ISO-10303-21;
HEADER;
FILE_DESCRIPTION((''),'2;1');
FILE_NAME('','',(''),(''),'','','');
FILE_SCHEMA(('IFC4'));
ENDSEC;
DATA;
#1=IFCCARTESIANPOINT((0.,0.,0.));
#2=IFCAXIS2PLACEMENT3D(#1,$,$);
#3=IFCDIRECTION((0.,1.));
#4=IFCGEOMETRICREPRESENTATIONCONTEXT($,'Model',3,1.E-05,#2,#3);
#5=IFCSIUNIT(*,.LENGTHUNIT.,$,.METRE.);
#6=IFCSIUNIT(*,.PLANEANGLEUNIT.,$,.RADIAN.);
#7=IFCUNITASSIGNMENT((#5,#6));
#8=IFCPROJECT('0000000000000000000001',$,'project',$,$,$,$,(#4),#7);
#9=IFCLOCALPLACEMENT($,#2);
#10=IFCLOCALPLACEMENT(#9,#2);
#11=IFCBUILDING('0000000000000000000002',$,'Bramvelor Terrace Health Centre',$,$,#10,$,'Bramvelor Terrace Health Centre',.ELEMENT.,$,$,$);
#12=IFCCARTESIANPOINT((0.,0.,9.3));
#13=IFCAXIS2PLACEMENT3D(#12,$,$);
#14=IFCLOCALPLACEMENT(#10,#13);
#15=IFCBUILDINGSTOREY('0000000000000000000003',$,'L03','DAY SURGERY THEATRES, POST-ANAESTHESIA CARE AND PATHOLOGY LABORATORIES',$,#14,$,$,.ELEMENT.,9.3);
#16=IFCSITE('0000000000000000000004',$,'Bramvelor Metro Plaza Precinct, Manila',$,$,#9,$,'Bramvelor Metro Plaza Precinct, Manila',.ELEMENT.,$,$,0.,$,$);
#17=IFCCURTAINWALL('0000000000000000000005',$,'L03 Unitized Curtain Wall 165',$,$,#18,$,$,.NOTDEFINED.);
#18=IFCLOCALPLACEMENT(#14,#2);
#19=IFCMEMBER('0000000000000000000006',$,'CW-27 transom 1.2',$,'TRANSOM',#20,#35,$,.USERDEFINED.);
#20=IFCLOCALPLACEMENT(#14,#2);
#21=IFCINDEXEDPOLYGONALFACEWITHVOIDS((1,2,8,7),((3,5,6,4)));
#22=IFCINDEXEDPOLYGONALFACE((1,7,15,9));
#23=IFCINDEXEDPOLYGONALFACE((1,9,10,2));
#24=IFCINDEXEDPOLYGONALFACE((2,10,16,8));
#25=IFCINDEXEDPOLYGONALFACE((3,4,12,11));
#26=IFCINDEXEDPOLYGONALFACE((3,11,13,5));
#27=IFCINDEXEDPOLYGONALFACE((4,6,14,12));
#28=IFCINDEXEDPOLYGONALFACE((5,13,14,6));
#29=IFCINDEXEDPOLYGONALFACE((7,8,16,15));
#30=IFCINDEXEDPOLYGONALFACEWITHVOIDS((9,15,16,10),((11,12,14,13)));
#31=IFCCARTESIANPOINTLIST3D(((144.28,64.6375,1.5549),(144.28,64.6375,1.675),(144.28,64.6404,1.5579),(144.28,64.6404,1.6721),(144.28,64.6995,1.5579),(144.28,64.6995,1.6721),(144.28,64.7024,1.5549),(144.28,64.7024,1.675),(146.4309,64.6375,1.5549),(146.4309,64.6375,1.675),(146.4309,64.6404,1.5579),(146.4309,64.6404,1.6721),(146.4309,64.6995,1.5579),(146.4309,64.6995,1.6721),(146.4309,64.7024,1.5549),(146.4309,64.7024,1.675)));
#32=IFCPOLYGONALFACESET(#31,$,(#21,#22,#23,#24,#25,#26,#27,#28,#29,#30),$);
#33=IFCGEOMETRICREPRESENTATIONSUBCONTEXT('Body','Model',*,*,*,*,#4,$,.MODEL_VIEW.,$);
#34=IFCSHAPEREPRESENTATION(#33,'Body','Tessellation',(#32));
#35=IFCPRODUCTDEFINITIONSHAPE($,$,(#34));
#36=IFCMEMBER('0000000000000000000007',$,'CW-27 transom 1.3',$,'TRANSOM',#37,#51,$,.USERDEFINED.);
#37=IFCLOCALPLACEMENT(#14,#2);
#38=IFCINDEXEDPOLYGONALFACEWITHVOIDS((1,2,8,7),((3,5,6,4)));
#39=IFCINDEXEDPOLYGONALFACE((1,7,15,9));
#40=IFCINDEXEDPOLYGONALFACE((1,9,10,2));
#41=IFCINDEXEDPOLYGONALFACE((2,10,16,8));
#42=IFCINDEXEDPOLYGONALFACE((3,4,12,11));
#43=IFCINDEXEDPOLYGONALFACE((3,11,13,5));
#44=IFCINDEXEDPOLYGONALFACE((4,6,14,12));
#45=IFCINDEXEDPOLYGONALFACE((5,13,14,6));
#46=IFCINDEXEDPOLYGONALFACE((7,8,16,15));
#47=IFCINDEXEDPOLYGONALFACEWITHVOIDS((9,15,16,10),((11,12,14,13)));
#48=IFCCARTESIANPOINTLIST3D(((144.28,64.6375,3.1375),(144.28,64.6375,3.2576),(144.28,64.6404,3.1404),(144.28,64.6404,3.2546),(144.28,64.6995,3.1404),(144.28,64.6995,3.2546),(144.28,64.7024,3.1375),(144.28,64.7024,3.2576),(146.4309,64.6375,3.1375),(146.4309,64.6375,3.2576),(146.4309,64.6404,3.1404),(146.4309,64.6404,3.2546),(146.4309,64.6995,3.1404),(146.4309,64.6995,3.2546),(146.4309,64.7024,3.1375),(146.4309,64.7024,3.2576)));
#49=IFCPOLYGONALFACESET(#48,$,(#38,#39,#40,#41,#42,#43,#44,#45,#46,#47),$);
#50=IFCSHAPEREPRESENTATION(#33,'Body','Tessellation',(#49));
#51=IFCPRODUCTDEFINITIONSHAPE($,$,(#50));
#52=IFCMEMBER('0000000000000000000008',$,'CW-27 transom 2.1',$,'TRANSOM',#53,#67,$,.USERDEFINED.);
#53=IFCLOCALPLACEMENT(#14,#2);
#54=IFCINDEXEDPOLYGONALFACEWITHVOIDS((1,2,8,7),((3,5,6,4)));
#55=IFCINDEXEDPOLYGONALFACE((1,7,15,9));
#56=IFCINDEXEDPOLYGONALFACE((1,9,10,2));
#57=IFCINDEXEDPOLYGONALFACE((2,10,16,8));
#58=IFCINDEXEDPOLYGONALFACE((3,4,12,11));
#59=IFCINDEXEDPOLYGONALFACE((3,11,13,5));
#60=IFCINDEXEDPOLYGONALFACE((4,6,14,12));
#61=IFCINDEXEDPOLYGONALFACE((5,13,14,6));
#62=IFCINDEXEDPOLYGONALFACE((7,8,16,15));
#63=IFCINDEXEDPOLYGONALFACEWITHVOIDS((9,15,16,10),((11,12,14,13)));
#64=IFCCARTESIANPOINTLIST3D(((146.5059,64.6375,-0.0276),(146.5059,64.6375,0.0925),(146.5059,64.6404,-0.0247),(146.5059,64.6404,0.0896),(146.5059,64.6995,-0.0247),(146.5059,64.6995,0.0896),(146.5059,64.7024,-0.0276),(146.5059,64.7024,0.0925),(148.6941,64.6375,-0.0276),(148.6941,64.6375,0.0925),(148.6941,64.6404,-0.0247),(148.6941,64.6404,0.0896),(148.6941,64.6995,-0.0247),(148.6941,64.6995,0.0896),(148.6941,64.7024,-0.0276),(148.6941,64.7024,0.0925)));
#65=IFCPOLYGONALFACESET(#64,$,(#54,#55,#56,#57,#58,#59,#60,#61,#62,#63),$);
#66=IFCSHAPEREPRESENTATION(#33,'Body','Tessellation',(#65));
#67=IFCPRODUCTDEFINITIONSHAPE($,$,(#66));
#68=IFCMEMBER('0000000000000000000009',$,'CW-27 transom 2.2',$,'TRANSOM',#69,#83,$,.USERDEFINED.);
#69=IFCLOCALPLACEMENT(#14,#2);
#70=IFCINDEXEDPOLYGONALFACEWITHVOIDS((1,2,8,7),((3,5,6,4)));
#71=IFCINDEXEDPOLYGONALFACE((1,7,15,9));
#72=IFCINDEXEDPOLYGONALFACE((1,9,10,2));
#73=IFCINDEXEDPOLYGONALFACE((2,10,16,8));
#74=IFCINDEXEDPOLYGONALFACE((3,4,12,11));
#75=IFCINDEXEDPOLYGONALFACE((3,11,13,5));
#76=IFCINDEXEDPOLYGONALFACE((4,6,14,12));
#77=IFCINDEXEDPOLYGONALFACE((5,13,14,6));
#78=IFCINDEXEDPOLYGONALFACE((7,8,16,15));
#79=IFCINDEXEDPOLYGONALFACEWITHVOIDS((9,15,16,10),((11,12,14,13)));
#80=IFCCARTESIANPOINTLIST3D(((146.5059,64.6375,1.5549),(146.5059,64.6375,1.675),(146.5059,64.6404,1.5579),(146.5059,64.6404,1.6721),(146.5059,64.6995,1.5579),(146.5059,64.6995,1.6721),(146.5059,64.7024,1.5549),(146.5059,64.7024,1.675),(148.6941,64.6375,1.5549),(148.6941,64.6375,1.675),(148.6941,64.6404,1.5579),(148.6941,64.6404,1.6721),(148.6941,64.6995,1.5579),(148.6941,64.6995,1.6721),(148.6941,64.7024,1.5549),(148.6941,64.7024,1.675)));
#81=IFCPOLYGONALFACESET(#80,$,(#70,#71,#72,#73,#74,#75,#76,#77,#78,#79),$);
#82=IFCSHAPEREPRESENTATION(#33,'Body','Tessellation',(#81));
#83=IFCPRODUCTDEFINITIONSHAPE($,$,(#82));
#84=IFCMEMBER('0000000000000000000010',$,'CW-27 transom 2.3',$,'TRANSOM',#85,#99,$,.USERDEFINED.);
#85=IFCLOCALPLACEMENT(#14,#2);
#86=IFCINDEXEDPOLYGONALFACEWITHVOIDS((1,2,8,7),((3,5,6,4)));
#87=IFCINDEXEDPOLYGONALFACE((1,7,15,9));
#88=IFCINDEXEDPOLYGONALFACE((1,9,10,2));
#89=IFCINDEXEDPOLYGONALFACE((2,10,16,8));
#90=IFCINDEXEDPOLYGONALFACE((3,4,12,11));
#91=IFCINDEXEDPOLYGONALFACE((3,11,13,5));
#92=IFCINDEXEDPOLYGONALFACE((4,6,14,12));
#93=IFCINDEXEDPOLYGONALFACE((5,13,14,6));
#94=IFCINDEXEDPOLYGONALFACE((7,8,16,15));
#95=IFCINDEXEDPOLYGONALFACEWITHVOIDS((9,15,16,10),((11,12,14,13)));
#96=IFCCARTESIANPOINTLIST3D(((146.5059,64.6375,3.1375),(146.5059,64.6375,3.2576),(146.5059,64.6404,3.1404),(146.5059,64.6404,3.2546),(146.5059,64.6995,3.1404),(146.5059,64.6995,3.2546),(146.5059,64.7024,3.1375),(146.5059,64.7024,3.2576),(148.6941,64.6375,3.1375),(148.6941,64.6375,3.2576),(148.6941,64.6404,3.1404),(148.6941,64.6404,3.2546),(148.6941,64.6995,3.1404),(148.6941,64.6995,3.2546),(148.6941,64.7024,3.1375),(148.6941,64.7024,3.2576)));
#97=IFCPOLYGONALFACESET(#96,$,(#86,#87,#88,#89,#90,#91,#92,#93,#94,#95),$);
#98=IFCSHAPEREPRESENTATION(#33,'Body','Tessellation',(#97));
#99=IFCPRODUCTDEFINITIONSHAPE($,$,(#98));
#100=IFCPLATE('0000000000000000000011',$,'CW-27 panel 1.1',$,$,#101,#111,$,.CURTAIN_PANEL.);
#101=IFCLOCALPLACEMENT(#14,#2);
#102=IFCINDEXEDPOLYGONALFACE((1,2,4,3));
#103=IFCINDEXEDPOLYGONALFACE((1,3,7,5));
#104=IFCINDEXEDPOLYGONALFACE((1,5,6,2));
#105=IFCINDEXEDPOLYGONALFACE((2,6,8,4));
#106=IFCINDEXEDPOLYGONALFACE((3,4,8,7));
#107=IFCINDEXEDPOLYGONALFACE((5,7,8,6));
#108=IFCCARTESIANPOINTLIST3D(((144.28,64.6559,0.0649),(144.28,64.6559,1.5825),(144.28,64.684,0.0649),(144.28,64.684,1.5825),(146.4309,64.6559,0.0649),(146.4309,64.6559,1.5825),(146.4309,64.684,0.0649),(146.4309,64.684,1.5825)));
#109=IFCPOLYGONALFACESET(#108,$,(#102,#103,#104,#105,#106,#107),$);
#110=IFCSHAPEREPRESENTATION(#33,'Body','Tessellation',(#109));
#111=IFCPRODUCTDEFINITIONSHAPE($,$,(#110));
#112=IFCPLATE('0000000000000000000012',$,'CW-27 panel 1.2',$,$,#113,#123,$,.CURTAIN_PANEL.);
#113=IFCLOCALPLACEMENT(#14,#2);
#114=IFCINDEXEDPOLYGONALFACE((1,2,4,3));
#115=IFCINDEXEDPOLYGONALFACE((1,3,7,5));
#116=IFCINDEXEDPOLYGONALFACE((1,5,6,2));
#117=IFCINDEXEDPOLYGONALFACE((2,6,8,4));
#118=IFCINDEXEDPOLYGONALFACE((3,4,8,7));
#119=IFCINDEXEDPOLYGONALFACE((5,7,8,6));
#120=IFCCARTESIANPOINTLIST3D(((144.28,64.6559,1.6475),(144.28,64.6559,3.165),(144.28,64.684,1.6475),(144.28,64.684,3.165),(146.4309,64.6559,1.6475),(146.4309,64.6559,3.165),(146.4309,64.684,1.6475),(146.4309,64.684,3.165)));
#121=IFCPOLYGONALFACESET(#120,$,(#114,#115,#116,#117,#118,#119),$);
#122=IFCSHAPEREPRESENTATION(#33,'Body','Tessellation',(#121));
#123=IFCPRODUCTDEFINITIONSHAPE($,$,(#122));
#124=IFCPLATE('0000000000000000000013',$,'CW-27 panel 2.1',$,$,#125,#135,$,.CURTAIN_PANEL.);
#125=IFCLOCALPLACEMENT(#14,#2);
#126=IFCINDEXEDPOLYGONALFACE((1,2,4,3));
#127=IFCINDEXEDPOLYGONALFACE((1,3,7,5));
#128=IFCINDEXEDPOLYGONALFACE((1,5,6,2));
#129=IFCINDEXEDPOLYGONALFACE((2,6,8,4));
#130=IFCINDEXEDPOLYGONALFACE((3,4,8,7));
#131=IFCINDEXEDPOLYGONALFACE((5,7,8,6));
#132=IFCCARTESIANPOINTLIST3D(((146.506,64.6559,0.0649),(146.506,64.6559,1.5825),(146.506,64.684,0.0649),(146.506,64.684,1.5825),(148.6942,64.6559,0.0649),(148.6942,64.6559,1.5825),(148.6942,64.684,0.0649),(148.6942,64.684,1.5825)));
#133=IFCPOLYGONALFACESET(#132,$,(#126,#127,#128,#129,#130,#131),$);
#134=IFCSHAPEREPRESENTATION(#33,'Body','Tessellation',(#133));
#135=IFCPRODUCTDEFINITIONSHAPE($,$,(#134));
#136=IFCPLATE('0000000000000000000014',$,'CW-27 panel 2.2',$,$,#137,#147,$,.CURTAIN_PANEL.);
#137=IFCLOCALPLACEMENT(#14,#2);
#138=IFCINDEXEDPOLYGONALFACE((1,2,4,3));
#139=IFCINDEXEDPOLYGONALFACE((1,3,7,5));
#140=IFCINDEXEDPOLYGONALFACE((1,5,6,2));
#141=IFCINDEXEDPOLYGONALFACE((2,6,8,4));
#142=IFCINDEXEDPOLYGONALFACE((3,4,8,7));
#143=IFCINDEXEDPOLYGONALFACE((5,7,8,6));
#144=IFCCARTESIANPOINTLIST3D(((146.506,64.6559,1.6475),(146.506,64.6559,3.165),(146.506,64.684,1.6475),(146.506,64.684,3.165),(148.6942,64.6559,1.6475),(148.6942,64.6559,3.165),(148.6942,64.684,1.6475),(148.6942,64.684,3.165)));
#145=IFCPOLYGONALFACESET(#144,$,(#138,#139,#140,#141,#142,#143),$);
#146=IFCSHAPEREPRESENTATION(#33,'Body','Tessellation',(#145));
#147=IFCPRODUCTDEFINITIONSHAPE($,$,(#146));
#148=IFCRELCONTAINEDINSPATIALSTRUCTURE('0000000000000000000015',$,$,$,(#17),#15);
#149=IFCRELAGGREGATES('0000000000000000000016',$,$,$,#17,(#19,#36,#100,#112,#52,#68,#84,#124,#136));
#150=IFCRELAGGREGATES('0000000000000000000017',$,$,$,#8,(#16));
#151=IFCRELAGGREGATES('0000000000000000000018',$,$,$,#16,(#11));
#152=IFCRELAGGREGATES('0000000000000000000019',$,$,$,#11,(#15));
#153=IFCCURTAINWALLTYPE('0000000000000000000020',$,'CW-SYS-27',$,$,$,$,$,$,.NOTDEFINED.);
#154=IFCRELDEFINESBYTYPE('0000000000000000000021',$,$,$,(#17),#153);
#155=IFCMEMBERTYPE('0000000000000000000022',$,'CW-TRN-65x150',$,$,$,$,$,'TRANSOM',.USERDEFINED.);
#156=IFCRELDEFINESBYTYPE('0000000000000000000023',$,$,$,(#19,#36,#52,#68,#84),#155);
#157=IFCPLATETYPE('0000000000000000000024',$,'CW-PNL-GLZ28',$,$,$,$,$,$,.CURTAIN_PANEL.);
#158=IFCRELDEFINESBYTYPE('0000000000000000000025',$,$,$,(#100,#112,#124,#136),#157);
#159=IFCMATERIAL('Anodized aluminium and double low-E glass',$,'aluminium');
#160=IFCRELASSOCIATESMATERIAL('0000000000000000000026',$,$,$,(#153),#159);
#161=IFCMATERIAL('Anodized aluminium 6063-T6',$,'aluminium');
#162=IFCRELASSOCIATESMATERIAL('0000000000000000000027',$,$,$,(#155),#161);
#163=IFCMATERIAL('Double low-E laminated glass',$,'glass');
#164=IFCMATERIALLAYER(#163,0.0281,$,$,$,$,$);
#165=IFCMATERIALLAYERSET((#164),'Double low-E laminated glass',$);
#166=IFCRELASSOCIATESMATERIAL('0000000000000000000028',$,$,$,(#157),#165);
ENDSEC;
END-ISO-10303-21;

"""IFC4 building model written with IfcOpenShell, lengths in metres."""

from ifc_helpers import new_model, si_unit, direction, frame, origin, origin_2d, place, context, subcontext, project, spatial, rectangle, hollow_rectangle, extrude, material, layer, layer_set, material_profile, profile_set, type_object, element, aggregate, save


model = new_model("IFC4")

# Units and contexts
model_context = context("Model", 3, precision=1e-05, world=origin(), true_north=direction((0.0, 1.0)))
body_context = subcontext(model_context, "Body", "Model", "MODEL_VIEW")
ifc_project = project(units=[si_unit("LENGTHUNIT", "METRE"), si_unit("PLANEANGLEUNIT", "RADIAN")], contexts=[model_context])

# Site, building, storey
site_placement = place(None, origin())
site = spatial("IfcSite", under=ifc_project, at=site_placement, Name="Bramvelor Metro Plaza Precinct, Manila", LongName="Bramvelor Metro Plaza Precinct, Manila", CompositionType="ELEMENT", RefElevation=0.0)
building_placement = place(site_placement, origin())
building = spatial("IfcBuilding", under=site, at=building_placement, Name="Bramvelor Terrace Health Centre", LongName="Bramvelor Terrace Health Centre", CompositionType="ELEMENT")
storey_placement = place(building_placement, frame((0.0, 0.0, 9.3)))
storey = spatial("IfcBuildingStorey", under=building, at=storey_placement, Name="L03", Description="DAY SURGERY THEATRES, POST-ANAESTHESIA CARE AND PATHOLOGY LABORATORIES", CompositionType="ELEMENT", Elevation=9.3)

# Curtain wall, members, plates
ifc_material_1 = material(Name="Anodized aluminium and double low-E glass", Category="aluminium")
curtain_wall_type = type_object("IfcCurtainWallType", Name="CW-SYS-27", PredefinedType="NOTDEFINED", material=ifc_material_1)
curtain_wall_placement = place(storey_placement, origin())
curtain_wall = element("IfcCurtainWall", 1, at=curtain_wall_placement, inside=storey, type_object=curtain_wall_type, Name="L03 Unitized Curtain Wall 165", PredefinedType="NOTDEFINED")
ifc_material_2 = material(Name="Anodized aluminium 6063-T6", Category="aluminium")
ifc_material_profile_1 = material_profile(ifc_material_2, hollow_rectangle(XDim=0.0649, YDim=0.1201, WallThickness=0.0029, at=origin_2d()), Name="ALU-TRN 65x120x3.0")
ifc_profile_set_1 = profile_set([ifc_material_profile_1], Name="Anodized aluminium 6063-T6")
member_type_1 = type_object("IfcMemberType", Name="CW-TRN-65x150", ElementType="TRANSOM", PredefinedType="USERDEFINED", material=ifc_profile_set_1)
member_1_placement = place(storey_placement, frame((144.28, 64.6699, 1.615), z_axis=(1.0, 0.0, 0.0), x_axis=(0.0, 1.0, 0.0)))
member_1 = element("IfcMember", 2, at=member_1_placement, type_object=member_type_1, Name="CW-27 transom 1.2", ObjectType="TRANSOM", PredefinedType="USERDEFINED", context=body_context, shape_type="SweptSolid", body=[
    extrude(hollow_rectangle(XDim=0.0649, YDim=0.1201, WallThickness=0.0029, at=origin_2d()), origin(), (0.0, 0.0, 1.0), 2.1509),
])
member_2_placement = place(storey_placement, frame((144.28, 64.6699, 3.1975), z_axis=(1.0, 0.0, 0.0), x_axis=(0.0, 1.0, 0.0)))
member_2 = element("IfcMember", 3, at=member_2_placement, type_object=member_type_1, Name="CW-27 transom 1.3", ObjectType="TRANSOM", PredefinedType="USERDEFINED", context=body_context, shape_type="SweptSolid", body=[
    extrude(hollow_rectangle(XDim=0.0649, YDim=0.1201, WallThickness=0.0029, at=origin_2d()), origin(), (0.0, 0.0, 1.0), 2.1509),
])
member_3_placement = place(storey_placement, frame((146.5059, 64.6699, 0.0325), z_axis=(1.0, 0.0, 0.0), x_axis=(0.0, 1.0, 0.0)))
member_3 = element("IfcMember", 4, at=member_3_placement, type_object=member_type_1, Name="CW-27 transom 2.1", ObjectType="TRANSOM", PredefinedType="USERDEFINED", context=body_context, shape_type="SweptSolid", body=[
    extrude(hollow_rectangle(XDim=0.0649, YDim=0.1201, WallThickness=0.0029, at=origin_2d()), origin(), (0.0, 0.0, 1.0), 2.1882),
])
member_4_placement = place(storey_placement, frame((146.5059, 64.6699, 1.615), z_axis=(1.0, 0.0, 0.0), x_axis=(0.0, 1.0, 0.0)))
member_4 = element("IfcMember", 5, at=member_4_placement, type_object=member_type_1, Name="CW-27 transom 2.2", ObjectType="TRANSOM", PredefinedType="USERDEFINED", context=body_context, shape_type="SweptSolid", body=[
    extrude(hollow_rectangle(XDim=0.0649, YDim=0.1201, WallThickness=0.0029, at=origin_2d()), origin(), (0.0, 0.0, 1.0), 2.1882),
])
member_5_placement = place(storey_placement, frame((146.5059, 64.6699, 3.1975), z_axis=(1.0, 0.0, 0.0), x_axis=(0.0, 1.0, 0.0)))
member_5 = element("IfcMember", 6, at=member_5_placement, type_object=member_type_1, Name="CW-27 transom 2.3", ObjectType="TRANSOM", PredefinedType="USERDEFINED", context=body_context, shape_type="SweptSolid", body=[
    extrude(hollow_rectangle(XDim=0.0649, YDim=0.1201, WallThickness=0.0029, at=origin_2d()), origin(), (0.0, 0.0, 1.0), 2.1882),
])
ifc_material_3 = material(Name="Double low-E laminated glass", Category="glass")
ifc_layer = layer(ifc_material_3, 0.0281)
ifc_layer_set = layer_set([ifc_layer], Name="Double low-E laminated glass")
plate_type = type_object("IfcPlateType", Name="CW-PNL-GLZ28", PredefinedType="CURTAIN_PANEL", material=ifc_layer_set)
plate_1_placement = place(storey_placement, frame((145.3555, 64.6699, 0.0649), z_axis=(0.0, 0.0, 1.0), x_axis=(1.0, 0.0, 0.0)))
plate_1 = element("IfcPlate", 7, at=plate_1_placement, type_object=plate_type, Name="CW-27 panel 1.1", PredefinedType="CURTAIN_PANEL", context=body_context, shape_type="SweptSolid", body=[
    extrude(rectangle(XDim=2.1509, YDim=0.0281, at=origin_2d()), origin(), (0.0, 0.0, 1.0), 1.5176),
])
plate_2_placement = place(storey_placement, frame((145.3555, 64.6699, 1.6475), z_axis=(0.0, 0.0, 1.0), x_axis=(1.0, 0.0, 0.0)))
plate_2 = element("IfcPlate", 8, at=plate_2_placement, type_object=plate_type, Name="CW-27 panel 1.2", PredefinedType="CURTAIN_PANEL", context=body_context, shape_type="SweptSolid", body=[
    extrude(rectangle(XDim=2.1509, YDim=0.0281, at=origin_2d()), origin(), (0.0, 0.0, 1.0), 1.5176),
])
plate_3_placement = place(storey_placement, frame((147.6001, 64.6699, 0.0649), z_axis=(0.0, 0.0, 1.0), x_axis=(1.0, 0.0, 0.0)))
plate_3 = element("IfcPlate", 9, at=plate_3_placement, type_object=plate_type, Name="CW-27 panel 2.1", PredefinedType="CURTAIN_PANEL", context=body_context, shape_type="SweptSolid", body=[
    extrude(rectangle(XDim=2.1882, YDim=0.0281, at=origin_2d()), origin(), (0.0, 0.0, 1.0), 1.5176),
])
plate_4_placement = place(storey_placement, frame((147.6001, 64.6699, 1.6475), z_axis=(0.0, 0.0, 1.0), x_axis=(1.0, 0.0, 0.0)))
plate_4 = element("IfcPlate", 10, at=plate_4_placement, type_object=plate_type, Name="CW-27 panel 2.2", PredefinedType="CURTAIN_PANEL", context=body_context, shape_type="SweptSolid", body=[
    extrude(rectangle(XDim=2.1882, YDim=0.0281, at=origin_2d()), origin(), (0.0, 0.0, 1.0), 1.5176),
])
aggregate(curtain_wall, [member_1, member_2, plate_1, plate_2, member_3, member_4, member_5, plate_3, plate_4])

save(model, "model.ifc")
